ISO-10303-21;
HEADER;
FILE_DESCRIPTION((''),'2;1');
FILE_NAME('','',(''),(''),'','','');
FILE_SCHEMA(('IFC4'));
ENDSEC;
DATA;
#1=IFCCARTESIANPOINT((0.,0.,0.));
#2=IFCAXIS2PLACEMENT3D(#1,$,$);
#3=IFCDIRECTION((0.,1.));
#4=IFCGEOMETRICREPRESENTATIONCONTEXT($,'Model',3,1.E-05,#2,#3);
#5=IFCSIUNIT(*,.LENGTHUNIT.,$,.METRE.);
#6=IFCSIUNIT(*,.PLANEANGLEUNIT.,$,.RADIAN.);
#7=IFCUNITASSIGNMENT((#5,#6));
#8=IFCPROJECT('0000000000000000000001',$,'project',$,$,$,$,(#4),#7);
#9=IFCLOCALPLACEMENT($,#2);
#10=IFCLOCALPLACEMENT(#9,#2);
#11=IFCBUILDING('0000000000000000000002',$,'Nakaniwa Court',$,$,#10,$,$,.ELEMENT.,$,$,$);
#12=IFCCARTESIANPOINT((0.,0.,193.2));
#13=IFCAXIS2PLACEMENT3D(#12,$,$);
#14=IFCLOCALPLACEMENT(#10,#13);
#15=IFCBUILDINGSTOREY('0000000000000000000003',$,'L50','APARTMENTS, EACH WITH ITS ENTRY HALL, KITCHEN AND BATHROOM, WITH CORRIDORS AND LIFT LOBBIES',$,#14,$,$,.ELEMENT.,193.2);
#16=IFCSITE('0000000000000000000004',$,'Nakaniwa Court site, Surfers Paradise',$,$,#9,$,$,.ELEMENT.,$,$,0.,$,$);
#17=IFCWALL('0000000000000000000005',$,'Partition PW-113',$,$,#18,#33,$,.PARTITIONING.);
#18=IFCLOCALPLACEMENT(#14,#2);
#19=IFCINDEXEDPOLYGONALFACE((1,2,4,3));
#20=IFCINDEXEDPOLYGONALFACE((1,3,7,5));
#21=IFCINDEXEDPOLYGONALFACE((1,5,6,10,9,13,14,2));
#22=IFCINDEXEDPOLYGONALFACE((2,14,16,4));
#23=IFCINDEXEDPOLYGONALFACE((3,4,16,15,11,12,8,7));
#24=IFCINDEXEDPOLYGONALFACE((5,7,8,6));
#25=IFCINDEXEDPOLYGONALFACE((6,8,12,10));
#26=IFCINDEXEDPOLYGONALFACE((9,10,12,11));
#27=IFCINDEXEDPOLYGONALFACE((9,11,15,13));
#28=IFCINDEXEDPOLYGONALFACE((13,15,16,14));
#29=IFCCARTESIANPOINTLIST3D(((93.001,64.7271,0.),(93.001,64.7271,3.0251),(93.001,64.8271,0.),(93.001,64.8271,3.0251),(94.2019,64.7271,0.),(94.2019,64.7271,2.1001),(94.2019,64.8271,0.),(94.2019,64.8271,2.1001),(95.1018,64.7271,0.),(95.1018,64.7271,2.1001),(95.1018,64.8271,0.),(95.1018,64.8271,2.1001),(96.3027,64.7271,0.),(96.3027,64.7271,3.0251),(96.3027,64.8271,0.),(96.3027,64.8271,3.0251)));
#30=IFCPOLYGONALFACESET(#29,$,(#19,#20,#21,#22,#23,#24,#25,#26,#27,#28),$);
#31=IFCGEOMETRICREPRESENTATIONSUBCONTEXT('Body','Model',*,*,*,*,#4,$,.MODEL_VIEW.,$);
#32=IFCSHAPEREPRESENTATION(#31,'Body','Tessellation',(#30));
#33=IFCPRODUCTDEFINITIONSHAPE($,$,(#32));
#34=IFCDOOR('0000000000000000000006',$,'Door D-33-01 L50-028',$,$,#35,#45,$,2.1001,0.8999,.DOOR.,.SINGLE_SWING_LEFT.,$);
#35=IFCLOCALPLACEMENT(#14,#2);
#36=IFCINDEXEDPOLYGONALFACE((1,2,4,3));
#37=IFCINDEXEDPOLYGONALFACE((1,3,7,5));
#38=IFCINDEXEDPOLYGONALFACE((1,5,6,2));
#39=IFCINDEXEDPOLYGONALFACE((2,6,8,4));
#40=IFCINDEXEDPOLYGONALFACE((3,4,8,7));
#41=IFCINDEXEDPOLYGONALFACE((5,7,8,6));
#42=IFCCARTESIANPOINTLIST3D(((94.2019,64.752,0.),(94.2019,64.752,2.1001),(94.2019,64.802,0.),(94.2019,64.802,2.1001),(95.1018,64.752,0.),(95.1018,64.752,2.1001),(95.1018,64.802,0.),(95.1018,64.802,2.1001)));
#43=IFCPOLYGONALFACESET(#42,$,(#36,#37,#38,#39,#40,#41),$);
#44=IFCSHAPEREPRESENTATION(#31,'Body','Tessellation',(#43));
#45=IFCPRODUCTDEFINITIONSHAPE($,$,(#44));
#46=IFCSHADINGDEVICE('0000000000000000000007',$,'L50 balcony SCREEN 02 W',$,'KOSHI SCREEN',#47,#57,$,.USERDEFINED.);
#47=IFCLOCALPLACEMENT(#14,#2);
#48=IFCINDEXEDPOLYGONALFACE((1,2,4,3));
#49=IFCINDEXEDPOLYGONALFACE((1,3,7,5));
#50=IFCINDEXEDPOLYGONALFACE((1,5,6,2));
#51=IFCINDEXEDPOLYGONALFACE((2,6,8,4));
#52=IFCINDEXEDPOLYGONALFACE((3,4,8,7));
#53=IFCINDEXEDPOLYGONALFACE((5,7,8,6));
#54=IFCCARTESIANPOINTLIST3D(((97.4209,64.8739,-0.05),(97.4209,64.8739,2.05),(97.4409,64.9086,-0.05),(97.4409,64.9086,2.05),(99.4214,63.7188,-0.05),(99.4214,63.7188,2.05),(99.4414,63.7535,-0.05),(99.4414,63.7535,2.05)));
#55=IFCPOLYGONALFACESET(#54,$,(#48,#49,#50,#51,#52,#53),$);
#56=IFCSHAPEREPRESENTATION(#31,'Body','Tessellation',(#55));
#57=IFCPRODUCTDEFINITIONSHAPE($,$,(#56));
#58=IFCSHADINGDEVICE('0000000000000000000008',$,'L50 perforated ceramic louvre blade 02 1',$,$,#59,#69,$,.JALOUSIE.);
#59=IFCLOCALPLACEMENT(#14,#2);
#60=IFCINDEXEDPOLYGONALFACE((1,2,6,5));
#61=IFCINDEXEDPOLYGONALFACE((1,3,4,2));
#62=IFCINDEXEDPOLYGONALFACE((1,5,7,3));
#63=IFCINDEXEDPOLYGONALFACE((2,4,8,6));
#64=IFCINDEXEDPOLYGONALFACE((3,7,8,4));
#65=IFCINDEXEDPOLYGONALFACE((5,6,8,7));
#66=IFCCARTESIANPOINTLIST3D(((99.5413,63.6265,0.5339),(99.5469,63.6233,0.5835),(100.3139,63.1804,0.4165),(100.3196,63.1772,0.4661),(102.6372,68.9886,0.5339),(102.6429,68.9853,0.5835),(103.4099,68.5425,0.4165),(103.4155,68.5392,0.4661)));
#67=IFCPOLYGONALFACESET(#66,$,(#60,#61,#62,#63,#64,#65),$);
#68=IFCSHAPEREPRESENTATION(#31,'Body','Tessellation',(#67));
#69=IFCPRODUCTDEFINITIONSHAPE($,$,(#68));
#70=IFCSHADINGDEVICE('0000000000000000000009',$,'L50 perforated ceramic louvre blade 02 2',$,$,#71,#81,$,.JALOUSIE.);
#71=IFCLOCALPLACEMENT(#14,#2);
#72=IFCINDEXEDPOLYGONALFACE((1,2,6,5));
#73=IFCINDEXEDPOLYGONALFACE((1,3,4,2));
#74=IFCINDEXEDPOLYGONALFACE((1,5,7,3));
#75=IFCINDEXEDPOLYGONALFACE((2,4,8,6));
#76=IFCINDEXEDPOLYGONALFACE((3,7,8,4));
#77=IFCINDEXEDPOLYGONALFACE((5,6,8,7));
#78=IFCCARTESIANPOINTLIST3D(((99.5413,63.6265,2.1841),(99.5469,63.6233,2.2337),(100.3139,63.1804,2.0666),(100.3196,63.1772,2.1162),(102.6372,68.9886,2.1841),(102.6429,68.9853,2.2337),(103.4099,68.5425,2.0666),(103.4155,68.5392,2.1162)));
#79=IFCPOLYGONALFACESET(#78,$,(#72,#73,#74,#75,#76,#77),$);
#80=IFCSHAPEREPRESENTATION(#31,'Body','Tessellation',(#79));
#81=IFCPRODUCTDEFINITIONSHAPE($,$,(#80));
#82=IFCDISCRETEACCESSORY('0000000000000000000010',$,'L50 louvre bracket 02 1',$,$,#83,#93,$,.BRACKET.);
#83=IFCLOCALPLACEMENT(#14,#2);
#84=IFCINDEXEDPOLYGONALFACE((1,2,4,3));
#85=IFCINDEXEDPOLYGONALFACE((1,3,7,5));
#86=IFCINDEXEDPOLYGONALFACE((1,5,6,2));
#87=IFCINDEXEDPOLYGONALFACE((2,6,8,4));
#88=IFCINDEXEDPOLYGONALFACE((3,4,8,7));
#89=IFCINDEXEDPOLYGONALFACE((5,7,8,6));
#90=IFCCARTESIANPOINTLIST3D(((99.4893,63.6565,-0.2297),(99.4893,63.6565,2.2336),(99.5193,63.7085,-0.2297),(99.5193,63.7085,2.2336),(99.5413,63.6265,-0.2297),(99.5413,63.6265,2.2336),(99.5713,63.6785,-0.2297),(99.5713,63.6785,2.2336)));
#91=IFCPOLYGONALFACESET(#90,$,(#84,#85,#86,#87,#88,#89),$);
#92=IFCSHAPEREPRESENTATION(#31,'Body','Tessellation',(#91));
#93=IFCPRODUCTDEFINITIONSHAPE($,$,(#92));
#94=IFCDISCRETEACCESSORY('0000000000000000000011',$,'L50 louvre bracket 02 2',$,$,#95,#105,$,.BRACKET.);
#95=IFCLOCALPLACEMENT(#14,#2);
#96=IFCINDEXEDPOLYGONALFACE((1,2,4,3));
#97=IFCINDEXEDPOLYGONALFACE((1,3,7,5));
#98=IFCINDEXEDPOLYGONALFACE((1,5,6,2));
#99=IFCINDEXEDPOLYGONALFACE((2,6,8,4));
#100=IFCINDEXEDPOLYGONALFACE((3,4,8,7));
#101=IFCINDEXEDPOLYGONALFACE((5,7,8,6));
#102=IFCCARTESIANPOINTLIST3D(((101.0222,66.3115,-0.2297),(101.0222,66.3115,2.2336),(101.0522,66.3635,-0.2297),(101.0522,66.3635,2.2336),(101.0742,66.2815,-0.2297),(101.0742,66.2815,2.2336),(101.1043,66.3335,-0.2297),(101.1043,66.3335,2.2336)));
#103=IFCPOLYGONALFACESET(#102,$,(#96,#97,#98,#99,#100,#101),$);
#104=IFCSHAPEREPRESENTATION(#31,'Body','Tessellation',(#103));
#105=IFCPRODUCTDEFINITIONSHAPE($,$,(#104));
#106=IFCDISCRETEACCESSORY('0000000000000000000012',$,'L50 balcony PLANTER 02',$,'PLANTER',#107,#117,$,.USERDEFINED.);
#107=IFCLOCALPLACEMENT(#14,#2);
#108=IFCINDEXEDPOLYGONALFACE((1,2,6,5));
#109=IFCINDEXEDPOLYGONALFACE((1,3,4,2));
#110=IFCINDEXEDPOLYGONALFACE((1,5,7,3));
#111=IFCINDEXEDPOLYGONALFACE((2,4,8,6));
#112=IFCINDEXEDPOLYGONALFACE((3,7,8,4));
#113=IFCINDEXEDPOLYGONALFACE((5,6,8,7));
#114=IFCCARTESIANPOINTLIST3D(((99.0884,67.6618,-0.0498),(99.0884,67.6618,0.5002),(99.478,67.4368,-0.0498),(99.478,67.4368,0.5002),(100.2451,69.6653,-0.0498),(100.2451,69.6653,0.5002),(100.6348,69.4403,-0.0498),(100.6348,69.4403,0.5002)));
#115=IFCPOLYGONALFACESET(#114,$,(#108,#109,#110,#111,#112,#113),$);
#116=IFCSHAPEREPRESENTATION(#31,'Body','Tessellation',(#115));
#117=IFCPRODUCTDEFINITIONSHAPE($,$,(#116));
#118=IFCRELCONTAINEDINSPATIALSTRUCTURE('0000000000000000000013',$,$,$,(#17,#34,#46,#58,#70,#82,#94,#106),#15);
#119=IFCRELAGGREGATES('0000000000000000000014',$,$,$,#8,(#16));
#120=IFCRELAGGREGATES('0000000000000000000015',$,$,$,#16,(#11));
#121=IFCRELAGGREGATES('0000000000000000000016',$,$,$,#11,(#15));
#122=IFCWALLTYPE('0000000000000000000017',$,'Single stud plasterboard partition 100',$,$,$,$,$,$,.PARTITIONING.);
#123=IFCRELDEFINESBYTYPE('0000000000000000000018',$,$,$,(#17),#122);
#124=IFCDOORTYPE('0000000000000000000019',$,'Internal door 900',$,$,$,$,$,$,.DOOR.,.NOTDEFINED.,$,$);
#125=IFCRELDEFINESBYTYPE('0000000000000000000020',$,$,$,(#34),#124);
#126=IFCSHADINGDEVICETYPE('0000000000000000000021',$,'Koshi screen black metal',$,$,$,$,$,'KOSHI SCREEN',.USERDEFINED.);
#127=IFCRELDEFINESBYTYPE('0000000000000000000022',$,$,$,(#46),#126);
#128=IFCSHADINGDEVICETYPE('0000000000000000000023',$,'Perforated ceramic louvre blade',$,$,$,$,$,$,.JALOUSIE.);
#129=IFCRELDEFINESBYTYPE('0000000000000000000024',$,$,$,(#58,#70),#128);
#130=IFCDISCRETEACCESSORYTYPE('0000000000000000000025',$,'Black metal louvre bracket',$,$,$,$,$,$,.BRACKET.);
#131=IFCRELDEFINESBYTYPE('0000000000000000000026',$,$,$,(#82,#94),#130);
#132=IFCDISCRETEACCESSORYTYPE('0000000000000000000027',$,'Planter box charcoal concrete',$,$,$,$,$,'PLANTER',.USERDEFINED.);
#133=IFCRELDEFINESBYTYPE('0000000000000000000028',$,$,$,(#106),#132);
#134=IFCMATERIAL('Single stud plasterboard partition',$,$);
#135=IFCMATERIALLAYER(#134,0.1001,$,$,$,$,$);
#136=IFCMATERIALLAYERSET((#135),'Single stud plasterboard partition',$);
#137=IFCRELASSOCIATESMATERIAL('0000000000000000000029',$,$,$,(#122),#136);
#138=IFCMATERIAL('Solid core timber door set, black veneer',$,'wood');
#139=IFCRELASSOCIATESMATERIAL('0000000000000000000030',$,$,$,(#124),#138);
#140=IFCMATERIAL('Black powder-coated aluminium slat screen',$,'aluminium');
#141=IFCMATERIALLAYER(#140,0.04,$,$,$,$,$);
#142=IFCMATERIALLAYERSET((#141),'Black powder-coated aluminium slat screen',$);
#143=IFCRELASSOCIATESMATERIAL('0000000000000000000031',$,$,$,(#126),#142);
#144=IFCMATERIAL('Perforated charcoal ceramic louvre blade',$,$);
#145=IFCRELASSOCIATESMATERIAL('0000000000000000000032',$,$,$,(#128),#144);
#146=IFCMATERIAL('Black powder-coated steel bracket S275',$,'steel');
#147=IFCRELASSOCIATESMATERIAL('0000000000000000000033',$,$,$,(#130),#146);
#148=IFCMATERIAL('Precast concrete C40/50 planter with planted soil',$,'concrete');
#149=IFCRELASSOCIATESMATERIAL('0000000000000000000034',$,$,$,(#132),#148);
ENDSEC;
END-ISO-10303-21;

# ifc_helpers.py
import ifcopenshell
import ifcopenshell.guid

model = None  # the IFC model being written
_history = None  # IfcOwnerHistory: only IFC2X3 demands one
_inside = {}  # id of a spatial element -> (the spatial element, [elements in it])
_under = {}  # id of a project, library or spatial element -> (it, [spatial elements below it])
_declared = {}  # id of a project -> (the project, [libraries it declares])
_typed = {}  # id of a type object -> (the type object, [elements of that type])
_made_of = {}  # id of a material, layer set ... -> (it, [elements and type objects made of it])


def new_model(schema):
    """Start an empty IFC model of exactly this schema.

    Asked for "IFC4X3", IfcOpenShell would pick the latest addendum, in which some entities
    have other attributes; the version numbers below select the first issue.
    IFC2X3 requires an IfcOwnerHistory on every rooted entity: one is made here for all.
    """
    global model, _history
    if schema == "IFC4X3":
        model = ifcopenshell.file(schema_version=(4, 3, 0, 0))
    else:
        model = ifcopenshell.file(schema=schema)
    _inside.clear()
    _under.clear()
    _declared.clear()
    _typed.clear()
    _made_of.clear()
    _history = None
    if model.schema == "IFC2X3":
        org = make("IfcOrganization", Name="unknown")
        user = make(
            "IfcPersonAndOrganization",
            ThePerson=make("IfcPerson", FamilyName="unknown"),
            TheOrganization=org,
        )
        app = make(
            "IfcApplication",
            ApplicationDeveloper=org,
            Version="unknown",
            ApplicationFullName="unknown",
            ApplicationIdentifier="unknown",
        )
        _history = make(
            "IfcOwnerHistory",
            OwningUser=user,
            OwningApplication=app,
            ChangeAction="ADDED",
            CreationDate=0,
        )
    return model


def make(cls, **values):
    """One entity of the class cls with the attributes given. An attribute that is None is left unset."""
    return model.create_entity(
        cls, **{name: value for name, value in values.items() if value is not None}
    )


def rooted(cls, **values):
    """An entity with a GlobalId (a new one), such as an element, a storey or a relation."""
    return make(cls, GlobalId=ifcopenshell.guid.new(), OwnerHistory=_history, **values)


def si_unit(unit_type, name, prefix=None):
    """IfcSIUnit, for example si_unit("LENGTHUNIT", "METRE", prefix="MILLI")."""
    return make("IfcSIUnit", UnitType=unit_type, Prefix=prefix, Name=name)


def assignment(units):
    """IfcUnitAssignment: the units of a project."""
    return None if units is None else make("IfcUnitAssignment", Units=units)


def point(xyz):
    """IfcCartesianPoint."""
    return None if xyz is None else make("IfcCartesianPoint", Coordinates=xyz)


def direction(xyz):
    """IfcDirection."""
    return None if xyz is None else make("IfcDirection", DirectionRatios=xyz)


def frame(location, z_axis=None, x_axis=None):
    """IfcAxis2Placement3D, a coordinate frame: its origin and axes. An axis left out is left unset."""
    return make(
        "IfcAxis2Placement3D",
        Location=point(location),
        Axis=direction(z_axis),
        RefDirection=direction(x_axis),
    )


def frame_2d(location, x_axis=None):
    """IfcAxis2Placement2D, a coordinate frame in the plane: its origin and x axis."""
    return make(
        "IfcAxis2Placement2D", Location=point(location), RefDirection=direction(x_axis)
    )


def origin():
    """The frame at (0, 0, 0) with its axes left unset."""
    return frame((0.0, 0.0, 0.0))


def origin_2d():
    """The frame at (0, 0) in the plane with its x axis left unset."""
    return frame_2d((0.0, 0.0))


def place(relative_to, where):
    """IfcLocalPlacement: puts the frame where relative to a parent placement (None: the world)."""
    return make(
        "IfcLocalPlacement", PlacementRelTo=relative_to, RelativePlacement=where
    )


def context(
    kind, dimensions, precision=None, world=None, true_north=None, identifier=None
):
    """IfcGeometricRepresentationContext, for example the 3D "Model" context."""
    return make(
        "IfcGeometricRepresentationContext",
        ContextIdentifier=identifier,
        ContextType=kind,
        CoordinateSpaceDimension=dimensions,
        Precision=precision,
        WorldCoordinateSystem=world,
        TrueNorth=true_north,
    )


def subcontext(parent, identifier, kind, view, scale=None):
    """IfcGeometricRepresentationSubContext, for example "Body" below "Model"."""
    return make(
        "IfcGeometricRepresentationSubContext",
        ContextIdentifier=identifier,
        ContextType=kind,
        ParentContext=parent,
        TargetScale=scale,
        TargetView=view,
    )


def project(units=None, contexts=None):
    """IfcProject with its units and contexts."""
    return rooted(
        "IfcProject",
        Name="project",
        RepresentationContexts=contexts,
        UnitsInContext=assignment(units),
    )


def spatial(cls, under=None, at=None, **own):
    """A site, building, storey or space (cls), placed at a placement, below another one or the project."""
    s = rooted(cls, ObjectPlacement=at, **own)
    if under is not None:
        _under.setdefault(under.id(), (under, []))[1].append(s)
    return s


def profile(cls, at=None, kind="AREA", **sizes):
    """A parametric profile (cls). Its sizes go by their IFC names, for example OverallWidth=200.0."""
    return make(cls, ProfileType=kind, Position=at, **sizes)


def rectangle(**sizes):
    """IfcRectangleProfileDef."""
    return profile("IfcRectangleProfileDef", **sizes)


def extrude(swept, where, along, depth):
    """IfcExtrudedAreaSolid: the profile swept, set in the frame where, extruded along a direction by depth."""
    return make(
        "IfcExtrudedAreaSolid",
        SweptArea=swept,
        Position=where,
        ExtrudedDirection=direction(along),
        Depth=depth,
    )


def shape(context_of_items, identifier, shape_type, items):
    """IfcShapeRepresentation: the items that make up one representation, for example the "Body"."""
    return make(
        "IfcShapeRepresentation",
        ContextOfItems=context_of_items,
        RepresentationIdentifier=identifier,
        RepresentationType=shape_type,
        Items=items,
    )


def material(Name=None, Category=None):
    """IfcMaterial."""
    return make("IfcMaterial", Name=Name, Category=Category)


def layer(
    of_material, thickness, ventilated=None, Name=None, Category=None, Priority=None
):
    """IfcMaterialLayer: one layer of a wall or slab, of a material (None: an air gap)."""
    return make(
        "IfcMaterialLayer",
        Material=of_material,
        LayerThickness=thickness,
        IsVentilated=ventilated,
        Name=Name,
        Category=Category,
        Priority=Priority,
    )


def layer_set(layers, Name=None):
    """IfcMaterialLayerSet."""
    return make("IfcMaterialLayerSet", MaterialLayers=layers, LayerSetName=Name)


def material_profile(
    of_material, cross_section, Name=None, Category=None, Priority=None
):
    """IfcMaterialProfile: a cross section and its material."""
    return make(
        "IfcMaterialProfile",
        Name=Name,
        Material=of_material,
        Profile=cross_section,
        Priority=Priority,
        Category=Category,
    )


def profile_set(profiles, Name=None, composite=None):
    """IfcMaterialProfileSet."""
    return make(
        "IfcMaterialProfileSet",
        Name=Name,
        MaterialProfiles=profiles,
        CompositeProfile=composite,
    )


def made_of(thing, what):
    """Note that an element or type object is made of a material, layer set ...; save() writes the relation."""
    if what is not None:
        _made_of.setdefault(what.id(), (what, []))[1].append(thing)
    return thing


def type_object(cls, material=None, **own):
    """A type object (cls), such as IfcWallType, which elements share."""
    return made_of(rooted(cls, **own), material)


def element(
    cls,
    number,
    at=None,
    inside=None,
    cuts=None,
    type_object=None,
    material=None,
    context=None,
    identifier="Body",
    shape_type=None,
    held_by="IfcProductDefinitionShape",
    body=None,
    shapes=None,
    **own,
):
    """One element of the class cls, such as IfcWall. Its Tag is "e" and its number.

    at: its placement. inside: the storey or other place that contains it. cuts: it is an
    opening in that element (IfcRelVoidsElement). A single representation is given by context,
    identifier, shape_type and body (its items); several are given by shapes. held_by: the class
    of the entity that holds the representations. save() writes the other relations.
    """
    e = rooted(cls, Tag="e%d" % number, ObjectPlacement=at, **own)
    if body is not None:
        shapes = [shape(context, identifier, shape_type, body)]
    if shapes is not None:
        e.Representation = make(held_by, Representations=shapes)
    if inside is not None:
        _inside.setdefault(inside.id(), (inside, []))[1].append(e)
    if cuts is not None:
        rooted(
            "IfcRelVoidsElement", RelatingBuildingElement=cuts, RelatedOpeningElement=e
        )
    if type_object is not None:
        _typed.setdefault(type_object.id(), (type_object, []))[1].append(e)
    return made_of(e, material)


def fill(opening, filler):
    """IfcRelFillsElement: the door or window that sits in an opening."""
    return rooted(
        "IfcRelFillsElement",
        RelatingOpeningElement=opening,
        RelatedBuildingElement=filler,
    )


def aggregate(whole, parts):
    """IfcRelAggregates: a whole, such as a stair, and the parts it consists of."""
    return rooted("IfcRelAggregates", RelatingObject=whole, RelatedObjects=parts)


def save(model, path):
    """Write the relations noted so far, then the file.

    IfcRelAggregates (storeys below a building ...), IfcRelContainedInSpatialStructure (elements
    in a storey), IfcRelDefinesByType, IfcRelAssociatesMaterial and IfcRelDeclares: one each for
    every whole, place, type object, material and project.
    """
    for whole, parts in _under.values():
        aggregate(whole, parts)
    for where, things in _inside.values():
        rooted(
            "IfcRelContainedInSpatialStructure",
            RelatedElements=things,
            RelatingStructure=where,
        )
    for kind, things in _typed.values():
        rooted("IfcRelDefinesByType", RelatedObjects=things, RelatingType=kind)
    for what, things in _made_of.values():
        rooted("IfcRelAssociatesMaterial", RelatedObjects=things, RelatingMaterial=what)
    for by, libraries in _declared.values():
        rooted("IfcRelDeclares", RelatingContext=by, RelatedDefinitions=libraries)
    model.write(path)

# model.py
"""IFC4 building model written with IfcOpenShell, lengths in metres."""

from ifc_helpers import new_model, si_unit, direction, frame, frame_2d, origin, origin_2d, place, context, subcontext, project, spatial, rectangle, extrude, material, layer, layer_set, material_profile, profile_set, type_object, element, fill, save


model = new_model("IFC4")

# Units and contexts
model_context = context("Model", 3, precision=1e-05, world=origin(), true_north=direction((0.0, 1.0)))
body_context = subcontext(model_context, "Body", "Model", "MODEL_VIEW")
ifc_project = project(units=[si_unit("LENGTHUNIT", "METRE"), si_unit("PLANEANGLEUNIT", "RADIAN")], contexts=[model_context])

# Site, building, storey
site_placement = place(None, origin())
site = spatial("IfcSite", under=ifc_project, at=site_placement, Name="Nakaniwa Court site, Surfers Paradise", CompositionType="ELEMENT", RefElevation=0.0)
building_placement = place(site_placement, origin())
building = spatial("IfcBuilding", under=site, at=building_placement, Name="Nakaniwa Court", CompositionType="ELEMENT")
storey_placement = place(building_placement, frame((0.0, 0.0, 193.2)))
storey = spatial("IfcBuildingStorey", under=building, at=storey_placement, Name="L50", Description="APARTMENTS, EACH WITH ITS ENTRY HALL, KITCHEN AND BATHROOM, WITH CORRIDORS AND LIFT LOBBIES", CompositionType="ELEMENT", Elevation=193.2)

# Shared definitions
ifc_material_1 = material(Name="Solid core timber door set, black veneer", Category="wood")

# Wall, opening, door
ifc_material_2 = material(Name="Single stud plasterboard partition")
ifc_layer_1 = layer(ifc_material_2, 0.1001)
ifc_layer_set_1 = layer_set([ifc_layer_1], Name="Single stud plasterboard partition")
wall_type_1 = type_object("IfcWallType", Name="Single stud plasterboard partition 100", PredefinedType="PARTITIONING", material=ifc_layer_set_1)
wall_1_placement = place(storey_placement, frame((93.001, 64.7771, 0.0), z_axis=(0.0, 0.0, 1.0), x_axis=(1.0, 0.0, 0.0)))
wall_1 = element("IfcWall", 1, at=wall_1_placement, inside=storey, type_object=wall_type_1, Name="Partition PW-113", PredefinedType="PARTITIONING", context=body_context, shape_type="SweptSolid", body=[
    extrude(rectangle(XDim=3.3018, YDim=0.1001, at=frame_2d((1.6509, 0.0))), origin(), (0.0, 0.0, 1.0), 3.0251),
])
opening_1_placement = place(wall_1_placement, frame((1.2009, 0.0, 0.0)))
opening_1 = element("IfcOpeningElement", 2, at=opening_1_placement, cuts=wall_1, PredefinedType="OPENING", context=body_context, shape_type="SweptSolid", body=[
    extrude(rectangle(XDim=0.8999, YDim=2.1001, at=frame_2d((0.45, 1.05))), frame((0.0, 0.0601, 0.0), z_axis=(0.0, -1.0, 0.0), x_axis=(1.0, 0.0, 0.0)), (0.0, 0.0, 1.0), 0.1201),
])
door_type_1 = type_object("IfcDoorType", Name="Internal door 900", OperationType="NOTDEFINED", PredefinedType="DOOR", material=ifc_material_1)
door_1_placement = place(opening_1_placement, origin())
door_1 = element("IfcDoor", 3, at=door_1_placement, inside=storey, type_object=door_type_1, Name="Door D-33-01 L50-028", OperationType="SINGLE_SWING_LEFT", OverallHeight=2.1001, OverallWidth=0.8999, PredefinedType="DOOR", context=body_context, shape_type="SweptSolid", body=[
    extrude(rectangle(XDim=0.8999, YDim=2.1001, at=frame_2d((0.45, 1.05))), frame((0.0, 0.0249, 0.0), z_axis=(0.0, -1.0, 0.0), x_axis=(1.0, 0.0, 0.0)), (0.0, 0.0, 1.0), 0.05),
])
fill(opening_1, door_1)

# Shading devices
ifc_material_3 = material(Name="Black powder-coated aluminium slat screen", Category="aluminium")
ifc_layer_2 = layer(ifc_material_3, 0.04)
ifc_layer_set_2 = layer_set([ifc_layer_2], Name="Black powder-coated aluminium slat screen")
shading_device_type_1 = type_object("IfcShadingDeviceType", Name="Koshi screen black metal", ElementType="KOSHI SCREEN", PredefinedType="USERDEFINED", material=ifc_layer_set_2)
shading_device_placement = place(storey_placement, frame((98.4312, 64.3137, -0.05), z_axis=(0.0, 0.0, 1.0), x_axis=(0.500017, 0.866016, 0.0)))
element("IfcShadingDevice", 4, at=shading_device_placement, inside=storey, type_object=shading_device_type_1, Name="L50 balcony SCREEN 02 W", ObjectType="KOSHI SCREEN", PredefinedType="USERDEFINED", context=body_context, shape_type="SweptSolid", body=[
    extrude(rectangle(XDim=0.04, YDim=2.3101, at=origin_2d()), origin(), (0.0, 0.0, 1.0), 2.1001),
])
ifc_material_4 = material(Name="Perforated charcoal ceramic louvre blade")
ifc_material_profile_1 = material_profile(ifc_material_4, rectangle(XDim=0.8999, YDim=0.05, at=origin_2d()), Name="Perforated ceramic louvre blade")
ifc_profile_set_1 = profile_set([ifc_material_profile_1], Name="Perforated charcoal ceramic louvre blade")
shading_device_type_2 = type_object("IfcShadingDeviceType", Name="Perforated ceramic louvre blade", PredefinedType="JALOUSIE", material=ifc_profile_set_1)
for number, where, z_axis, x_axis, name in (
    (5, (99.9304, 63.4019, 0.5), (0.500019, 0.866014, 0.0), (-0.858605, 0.495742, 0.130526), "L50 perforated ceramic louvre blade 02 1"),
    (6, (99.9304, 63.4019, 2.1501), (0.500019, 0.866014, 0.0), (-0.858605, 0.495742, 0.130526), "L50 perforated ceramic louvre blade 02 2"),
):
    element("IfcShadingDevice", number, at=place(storey_placement, frame(where, z_axis=z_axis, x_axis=x_axis)), inside=storey, type_object=shading_device_type_2, Name=name, PredefinedType="JALOUSIE", context=body_context, shape_type="SweptSolid", body=[
        extrude(rectangle(XDim=0.8999, YDim=0.05, at=origin_2d()), origin(), (0.0, 0.0, 1.0), 6.1917),
    ])

# Discrete accessories
ifc_material_5 = material(Name="Black powder-coated steel bracket S275", Category="steel")
discrete_accessory_type_1 = type_object("IfcDiscreteAccessoryType", Name="Black metal louvre bracket", PredefinedType="BRACKET", material=ifc_material_5)
for number, where, z_axis, x_axis, name in (
    (7, (99.5303, 63.6675, -0.2297), (0.0, 0.0, 1.0), (0.500017, 0.866016, 0.0), "L50 louvre bracket 02 1"),
    (8, (101.0632, 66.3225, -0.2297), (0.0, 0.0, 1.0), (0.500017, 0.866016, 0.0), "L50 louvre bracket 02 2"),
):
    element("IfcDiscreteAccessory", number, at=place(storey_placement, frame(where, z_axis=z_axis, x_axis=x_axis)), inside=storey, type_object=discrete_accessory_type_1, Name=name, PredefinedType="BRACKET", context=body_context, shape_type="SweptSolid", body=[
        extrude(rectangle(XDim=0.0601, YDim=0.0601, at=origin_2d()), origin(), (0.0, 0.0, 1.0), 2.4634),
    ])
ifc_material_6 = material(Name="Precast concrete C40/50 planter with planted soil", Category="concrete")
discrete_accessory_type_2 = type_object("IfcDiscreteAccessoryType", Name="Planter box charcoal concrete", ElementType="PLANTER", PredefinedType="USERDEFINED", material=ifc_material_6)
discrete_accessory_placement = place(storey_placement, frame((99.8616, 68.551, -0.0498), z_axis=(0.0, 0.0, 1.0), x_axis=(0.500017, 0.866016, 0.0)))
element("IfcDiscreteAccessory", 9, at=discrete_accessory_placement, inside=storey, type_object=discrete_accessory_type_2, Name="L50 balcony PLANTER 02", ObjectType="PLANTER", PredefinedType="USERDEFINED", context=body_context, shape_type="SweptSolid", body=[
    extrude(rectangle(XDim=2.3135, YDim=0.45, at=origin_2d()), origin(), (0.0, 0.0, 1.0), 0.55),
])

save(model, "model.ifc")
